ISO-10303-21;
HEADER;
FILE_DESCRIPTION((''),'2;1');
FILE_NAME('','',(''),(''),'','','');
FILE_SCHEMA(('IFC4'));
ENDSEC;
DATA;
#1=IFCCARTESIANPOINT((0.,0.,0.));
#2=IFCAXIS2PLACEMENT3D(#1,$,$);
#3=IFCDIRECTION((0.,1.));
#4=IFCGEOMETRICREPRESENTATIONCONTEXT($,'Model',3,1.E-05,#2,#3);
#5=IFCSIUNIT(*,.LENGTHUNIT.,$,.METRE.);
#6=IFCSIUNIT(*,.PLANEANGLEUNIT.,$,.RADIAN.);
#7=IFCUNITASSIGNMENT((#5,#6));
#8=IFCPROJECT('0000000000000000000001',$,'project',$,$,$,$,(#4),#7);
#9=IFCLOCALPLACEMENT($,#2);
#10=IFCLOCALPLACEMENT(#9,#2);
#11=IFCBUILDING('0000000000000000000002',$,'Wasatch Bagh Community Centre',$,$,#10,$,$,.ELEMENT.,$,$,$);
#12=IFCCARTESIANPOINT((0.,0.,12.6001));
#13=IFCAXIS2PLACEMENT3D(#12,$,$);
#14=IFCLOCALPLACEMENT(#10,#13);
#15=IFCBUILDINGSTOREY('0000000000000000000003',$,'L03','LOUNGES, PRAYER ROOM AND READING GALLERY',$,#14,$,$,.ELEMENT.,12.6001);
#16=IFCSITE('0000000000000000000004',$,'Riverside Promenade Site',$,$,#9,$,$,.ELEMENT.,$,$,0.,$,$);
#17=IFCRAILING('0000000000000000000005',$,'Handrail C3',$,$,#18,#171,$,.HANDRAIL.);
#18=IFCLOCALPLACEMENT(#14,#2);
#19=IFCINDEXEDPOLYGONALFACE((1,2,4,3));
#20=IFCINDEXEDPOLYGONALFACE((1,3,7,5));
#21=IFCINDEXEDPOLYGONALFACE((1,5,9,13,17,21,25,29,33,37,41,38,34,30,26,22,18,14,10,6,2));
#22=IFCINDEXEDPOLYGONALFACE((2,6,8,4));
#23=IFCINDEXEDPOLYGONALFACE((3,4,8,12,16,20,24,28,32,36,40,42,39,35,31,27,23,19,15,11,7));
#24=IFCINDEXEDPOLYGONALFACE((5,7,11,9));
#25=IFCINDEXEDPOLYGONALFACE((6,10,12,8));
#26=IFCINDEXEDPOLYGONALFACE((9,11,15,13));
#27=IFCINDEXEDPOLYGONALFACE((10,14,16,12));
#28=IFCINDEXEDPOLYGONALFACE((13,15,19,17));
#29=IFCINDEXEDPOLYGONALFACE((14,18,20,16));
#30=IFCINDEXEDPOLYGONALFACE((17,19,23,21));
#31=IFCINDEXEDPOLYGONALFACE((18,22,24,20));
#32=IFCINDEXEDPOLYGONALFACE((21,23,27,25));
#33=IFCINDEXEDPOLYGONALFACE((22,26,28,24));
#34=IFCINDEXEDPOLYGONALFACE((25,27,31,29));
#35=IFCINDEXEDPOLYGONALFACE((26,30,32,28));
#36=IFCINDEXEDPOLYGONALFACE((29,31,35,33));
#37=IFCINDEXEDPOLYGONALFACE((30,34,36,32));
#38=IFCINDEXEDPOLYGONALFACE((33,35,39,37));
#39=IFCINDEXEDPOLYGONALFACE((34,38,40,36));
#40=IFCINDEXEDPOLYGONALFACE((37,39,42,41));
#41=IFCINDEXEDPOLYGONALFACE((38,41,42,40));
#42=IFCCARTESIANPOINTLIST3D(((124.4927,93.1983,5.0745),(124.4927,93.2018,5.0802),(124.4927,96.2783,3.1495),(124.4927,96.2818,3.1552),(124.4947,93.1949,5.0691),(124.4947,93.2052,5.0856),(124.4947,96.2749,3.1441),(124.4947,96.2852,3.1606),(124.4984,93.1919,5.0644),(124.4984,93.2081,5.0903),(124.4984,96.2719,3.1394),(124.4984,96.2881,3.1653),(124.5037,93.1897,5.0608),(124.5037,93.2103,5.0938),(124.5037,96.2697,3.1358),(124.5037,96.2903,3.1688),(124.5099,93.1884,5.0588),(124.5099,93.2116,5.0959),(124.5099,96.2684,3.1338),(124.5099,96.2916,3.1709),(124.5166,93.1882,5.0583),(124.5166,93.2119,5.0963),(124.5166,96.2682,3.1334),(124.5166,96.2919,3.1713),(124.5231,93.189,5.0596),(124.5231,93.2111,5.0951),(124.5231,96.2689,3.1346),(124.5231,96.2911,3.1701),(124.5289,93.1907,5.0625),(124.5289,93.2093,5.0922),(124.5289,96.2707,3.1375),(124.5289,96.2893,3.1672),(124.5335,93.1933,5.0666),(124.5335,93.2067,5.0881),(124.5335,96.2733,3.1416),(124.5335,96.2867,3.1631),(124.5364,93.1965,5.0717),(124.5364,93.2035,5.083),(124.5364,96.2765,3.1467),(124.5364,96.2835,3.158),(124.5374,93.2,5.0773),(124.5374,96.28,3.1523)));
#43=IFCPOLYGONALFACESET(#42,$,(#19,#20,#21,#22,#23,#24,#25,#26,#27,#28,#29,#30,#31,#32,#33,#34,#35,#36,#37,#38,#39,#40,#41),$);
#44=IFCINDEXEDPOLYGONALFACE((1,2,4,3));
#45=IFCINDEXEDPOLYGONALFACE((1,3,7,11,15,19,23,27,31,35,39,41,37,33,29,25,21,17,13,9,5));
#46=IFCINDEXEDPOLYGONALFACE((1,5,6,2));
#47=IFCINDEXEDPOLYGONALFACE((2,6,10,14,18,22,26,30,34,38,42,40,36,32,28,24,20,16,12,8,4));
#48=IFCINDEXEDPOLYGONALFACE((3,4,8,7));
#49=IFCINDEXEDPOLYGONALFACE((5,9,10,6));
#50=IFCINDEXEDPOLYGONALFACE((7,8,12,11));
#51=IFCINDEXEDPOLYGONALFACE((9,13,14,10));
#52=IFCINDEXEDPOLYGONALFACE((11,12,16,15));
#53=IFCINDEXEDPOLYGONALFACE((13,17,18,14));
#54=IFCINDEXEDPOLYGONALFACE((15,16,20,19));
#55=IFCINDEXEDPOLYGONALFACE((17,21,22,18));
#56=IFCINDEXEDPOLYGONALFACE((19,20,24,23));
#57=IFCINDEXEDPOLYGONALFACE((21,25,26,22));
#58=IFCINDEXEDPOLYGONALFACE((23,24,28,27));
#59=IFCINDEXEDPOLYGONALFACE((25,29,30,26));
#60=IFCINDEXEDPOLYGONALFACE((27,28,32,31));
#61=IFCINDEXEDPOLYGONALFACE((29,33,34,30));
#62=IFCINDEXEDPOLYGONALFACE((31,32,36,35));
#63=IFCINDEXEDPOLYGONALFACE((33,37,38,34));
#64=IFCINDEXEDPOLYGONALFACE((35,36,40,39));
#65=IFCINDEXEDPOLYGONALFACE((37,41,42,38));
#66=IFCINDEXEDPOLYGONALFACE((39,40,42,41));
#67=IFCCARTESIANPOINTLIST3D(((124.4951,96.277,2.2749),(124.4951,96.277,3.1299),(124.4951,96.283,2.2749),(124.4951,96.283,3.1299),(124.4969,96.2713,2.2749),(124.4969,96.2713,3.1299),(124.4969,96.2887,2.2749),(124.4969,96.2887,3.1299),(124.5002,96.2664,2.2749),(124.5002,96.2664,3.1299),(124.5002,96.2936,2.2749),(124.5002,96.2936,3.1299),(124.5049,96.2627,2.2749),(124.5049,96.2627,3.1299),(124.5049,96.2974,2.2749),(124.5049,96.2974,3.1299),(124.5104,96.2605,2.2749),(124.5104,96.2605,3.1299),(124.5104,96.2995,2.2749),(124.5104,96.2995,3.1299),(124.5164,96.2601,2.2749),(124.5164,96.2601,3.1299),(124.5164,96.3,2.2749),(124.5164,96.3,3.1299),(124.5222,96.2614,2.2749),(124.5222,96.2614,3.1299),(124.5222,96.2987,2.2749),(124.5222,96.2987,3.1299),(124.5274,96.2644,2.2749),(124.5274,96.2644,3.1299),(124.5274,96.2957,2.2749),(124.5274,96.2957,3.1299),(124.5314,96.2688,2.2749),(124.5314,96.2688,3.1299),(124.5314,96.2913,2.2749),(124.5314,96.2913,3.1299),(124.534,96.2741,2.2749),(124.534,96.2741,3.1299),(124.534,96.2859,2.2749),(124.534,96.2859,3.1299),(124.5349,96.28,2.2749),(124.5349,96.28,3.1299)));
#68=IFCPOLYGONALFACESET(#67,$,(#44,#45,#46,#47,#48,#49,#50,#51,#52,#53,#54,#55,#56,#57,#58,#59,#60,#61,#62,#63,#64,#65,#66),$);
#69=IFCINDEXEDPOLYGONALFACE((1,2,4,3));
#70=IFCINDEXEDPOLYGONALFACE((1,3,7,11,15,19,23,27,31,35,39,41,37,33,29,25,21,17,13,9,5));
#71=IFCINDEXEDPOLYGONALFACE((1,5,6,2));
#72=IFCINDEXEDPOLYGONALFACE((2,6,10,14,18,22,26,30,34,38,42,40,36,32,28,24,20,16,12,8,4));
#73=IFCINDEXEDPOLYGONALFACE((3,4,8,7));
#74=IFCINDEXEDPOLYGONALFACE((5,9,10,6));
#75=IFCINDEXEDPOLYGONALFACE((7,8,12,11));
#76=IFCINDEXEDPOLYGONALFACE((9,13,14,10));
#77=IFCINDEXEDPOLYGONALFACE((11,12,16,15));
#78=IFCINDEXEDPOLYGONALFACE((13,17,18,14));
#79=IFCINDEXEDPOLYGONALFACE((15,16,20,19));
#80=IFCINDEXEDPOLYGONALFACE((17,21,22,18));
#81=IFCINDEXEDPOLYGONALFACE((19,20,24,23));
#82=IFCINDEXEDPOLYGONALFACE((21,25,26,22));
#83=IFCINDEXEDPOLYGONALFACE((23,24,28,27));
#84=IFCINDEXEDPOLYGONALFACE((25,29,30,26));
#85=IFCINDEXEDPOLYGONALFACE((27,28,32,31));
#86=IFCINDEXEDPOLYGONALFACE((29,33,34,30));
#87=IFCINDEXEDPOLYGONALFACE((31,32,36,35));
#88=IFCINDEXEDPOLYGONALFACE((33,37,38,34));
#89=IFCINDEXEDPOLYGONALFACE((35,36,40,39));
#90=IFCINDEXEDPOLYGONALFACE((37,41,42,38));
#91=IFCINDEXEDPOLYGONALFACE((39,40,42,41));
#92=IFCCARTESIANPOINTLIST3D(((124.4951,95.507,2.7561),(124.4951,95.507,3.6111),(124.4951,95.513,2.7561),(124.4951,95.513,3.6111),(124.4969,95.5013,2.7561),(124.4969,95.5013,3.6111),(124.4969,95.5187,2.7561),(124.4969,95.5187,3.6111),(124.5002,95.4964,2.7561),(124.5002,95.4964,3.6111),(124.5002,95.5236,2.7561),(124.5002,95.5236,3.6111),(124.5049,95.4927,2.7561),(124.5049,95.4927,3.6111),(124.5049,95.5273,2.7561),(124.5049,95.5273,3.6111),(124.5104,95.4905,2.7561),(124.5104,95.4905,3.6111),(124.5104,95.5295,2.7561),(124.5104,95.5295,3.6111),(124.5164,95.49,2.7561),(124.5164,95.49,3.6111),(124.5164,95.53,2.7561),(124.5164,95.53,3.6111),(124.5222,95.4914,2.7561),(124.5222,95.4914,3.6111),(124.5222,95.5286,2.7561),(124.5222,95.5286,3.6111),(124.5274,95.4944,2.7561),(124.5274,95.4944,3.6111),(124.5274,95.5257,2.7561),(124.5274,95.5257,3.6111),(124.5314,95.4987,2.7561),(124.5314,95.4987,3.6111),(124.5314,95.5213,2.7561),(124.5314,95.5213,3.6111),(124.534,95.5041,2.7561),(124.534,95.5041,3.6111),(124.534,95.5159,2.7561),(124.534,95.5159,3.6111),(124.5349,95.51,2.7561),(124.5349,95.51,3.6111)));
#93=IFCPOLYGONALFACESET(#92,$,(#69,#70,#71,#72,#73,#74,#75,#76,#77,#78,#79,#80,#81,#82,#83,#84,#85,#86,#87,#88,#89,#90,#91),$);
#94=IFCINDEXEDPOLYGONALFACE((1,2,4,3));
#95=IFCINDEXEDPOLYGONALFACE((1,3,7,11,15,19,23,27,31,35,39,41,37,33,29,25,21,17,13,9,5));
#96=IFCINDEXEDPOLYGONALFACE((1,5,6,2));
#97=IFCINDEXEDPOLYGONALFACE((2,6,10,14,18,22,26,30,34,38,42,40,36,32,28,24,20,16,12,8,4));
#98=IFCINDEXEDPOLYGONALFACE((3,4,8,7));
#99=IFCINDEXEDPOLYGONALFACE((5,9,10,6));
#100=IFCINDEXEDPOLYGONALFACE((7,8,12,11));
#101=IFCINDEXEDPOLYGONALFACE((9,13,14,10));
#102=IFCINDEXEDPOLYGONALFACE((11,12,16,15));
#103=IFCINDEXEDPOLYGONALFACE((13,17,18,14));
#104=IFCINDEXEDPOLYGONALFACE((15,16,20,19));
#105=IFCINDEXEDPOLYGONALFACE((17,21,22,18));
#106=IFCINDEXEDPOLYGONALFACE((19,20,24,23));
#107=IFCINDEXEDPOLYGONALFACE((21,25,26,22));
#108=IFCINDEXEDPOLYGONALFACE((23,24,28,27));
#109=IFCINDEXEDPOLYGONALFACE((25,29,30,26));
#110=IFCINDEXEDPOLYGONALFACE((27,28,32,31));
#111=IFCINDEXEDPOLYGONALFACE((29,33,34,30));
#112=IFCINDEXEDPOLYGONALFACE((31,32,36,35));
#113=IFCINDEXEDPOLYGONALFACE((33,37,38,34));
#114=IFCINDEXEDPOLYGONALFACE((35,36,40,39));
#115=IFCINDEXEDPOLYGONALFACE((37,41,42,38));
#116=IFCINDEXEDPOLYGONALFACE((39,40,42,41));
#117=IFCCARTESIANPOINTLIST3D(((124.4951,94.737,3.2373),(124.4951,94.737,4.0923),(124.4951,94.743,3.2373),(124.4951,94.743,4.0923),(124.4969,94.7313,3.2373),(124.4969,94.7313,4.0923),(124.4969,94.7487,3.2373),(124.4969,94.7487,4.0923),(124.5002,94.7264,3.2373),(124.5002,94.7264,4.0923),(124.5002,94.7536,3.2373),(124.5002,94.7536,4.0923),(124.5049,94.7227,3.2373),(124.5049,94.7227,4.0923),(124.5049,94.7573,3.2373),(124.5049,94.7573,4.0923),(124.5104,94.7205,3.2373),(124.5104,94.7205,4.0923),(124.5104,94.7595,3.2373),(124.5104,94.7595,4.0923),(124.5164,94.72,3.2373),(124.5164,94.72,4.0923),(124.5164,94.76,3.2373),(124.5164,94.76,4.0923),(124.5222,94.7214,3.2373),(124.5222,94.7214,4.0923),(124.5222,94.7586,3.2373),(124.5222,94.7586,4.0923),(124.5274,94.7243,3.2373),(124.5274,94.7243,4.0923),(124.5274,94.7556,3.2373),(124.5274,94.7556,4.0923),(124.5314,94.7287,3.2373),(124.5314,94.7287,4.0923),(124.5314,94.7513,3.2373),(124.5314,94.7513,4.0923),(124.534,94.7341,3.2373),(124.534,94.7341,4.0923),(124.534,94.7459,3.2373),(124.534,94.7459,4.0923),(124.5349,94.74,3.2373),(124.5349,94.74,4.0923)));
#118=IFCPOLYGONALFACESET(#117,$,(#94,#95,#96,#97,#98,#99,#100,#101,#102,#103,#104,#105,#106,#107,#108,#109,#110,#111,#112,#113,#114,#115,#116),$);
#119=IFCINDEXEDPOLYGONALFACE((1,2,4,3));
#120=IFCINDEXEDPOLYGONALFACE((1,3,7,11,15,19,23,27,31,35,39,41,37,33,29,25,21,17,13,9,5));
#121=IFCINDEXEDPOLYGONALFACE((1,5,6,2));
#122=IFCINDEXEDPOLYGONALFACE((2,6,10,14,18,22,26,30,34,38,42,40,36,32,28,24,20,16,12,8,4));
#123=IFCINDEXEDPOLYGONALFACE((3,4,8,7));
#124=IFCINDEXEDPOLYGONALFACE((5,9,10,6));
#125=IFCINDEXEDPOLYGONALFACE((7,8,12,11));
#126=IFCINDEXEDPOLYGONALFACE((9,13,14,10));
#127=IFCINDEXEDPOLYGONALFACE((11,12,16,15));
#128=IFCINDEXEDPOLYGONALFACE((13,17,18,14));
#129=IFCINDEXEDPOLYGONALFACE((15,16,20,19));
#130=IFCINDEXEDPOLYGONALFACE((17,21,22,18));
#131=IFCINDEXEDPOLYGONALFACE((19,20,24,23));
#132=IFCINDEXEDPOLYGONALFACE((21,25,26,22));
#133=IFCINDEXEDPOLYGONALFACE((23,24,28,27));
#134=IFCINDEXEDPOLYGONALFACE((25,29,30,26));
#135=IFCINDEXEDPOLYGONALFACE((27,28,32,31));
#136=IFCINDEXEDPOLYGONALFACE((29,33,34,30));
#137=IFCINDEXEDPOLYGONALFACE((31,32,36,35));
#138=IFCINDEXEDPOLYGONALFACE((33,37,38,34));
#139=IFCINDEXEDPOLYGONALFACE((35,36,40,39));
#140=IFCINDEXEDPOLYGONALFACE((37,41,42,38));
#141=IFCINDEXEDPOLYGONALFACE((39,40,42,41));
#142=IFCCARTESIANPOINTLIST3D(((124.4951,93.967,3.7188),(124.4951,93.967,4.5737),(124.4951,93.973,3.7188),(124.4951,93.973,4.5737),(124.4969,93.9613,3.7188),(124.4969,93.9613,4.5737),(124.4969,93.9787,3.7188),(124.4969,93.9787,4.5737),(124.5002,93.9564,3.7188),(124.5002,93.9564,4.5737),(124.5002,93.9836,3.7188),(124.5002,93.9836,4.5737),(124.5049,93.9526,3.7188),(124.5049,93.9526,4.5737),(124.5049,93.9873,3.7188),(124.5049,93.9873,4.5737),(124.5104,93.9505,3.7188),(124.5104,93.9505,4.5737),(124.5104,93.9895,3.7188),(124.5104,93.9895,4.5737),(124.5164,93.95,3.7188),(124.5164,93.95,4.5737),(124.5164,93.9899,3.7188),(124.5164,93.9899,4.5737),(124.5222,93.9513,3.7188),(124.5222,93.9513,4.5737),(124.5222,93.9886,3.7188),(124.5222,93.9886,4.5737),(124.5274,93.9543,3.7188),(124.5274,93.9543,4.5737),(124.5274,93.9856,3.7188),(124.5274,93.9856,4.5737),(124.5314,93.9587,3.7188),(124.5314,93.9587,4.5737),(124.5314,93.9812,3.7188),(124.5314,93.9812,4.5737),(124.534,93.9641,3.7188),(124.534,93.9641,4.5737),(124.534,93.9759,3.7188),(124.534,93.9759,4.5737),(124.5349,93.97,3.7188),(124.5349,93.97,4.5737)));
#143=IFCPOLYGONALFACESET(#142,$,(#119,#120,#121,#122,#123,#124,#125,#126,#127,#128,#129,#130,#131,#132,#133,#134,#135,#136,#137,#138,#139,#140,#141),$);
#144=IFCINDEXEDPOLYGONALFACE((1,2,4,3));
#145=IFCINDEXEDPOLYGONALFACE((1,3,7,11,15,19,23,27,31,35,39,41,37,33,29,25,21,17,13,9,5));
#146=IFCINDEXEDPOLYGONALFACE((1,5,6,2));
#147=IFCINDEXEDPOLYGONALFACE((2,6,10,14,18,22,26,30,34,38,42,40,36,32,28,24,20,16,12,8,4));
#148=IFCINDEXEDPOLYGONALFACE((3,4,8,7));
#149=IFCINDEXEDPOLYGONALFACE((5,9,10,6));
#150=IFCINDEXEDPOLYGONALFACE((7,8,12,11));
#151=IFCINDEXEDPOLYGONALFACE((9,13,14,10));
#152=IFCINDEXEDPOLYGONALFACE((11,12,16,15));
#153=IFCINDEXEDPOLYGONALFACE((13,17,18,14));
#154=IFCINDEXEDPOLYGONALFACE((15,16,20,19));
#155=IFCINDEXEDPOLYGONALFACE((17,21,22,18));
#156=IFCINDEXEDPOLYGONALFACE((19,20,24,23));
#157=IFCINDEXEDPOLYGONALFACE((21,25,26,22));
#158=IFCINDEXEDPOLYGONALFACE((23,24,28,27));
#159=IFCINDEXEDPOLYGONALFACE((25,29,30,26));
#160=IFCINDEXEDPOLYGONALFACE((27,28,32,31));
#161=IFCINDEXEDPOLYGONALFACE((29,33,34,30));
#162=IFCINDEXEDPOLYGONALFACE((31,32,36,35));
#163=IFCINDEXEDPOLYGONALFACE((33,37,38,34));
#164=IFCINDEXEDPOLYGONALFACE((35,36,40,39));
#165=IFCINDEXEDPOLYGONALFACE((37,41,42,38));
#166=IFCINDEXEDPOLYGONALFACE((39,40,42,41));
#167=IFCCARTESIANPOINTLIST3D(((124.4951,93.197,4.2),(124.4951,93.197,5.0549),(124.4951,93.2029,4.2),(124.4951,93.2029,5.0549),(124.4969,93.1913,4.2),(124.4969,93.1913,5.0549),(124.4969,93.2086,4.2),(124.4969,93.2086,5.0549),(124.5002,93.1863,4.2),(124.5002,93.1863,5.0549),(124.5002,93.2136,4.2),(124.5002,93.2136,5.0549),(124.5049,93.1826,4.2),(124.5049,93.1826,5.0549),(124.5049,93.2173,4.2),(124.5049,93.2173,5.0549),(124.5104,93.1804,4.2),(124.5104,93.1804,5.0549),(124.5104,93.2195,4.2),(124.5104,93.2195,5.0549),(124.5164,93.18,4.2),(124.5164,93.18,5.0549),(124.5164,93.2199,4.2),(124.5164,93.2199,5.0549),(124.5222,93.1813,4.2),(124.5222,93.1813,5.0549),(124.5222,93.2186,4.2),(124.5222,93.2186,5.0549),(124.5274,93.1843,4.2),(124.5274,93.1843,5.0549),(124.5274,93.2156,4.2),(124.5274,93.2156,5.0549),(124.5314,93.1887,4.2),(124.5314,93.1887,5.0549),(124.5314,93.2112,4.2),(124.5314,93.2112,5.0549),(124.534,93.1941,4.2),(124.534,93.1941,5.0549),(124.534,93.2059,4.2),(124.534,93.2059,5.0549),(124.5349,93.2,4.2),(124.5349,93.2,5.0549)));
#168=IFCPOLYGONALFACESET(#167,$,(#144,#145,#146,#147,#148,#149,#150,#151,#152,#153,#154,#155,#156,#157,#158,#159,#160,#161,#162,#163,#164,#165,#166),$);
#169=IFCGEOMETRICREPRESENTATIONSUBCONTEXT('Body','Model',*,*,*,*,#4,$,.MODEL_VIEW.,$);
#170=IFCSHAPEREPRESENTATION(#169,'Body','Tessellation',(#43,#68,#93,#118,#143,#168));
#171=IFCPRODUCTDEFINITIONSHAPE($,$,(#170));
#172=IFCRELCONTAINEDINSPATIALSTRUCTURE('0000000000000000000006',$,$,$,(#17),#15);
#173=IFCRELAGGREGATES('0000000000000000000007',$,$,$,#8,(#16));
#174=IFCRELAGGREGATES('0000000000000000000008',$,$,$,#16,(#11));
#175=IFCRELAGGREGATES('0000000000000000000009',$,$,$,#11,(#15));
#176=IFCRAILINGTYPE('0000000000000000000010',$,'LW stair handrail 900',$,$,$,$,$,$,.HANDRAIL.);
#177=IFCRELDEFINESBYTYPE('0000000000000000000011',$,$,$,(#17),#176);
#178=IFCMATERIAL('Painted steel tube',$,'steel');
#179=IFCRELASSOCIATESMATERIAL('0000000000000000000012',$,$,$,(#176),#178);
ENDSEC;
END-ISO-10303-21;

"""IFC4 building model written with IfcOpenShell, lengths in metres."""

from ifc_helpers import new_model, si_unit, direction, frame, origin, origin_2d, place, context, subcontext, project, spatial, circle, extrude, material, type_object, element, save


model = new_model("IFC4")

# Units and contexts
model_context = context("Model", 3, precision=1e-05, world=origin(), true_north=direction((0.0, 1.0)))
body_context = subcontext(model_context, "Body", "Model", "MODEL_VIEW")
ifc_project = project(units=[si_unit("LENGTHUNIT", "METRE"), si_unit("PLANEANGLEUNIT", "RADIAN")], contexts=[model_context])

# Site, building, storey
site_placement = place(None, origin())
site = spatial("IfcSite", under=ifc_project, at=site_placement, Name="Riverside Promenade Site", CompositionType="ELEMENT", RefElevation=0.0)
building_placement = place(site_placement, origin())
building = spatial("IfcBuilding", under=site, at=building_placement, Name="Wasatch Bagh Community Centre", CompositionType="ELEMENT")
storey_placement = place(building_placement, frame((0.0, 0.0, 12.6001)))
storey = spatial("IfcBuildingStorey", under=building, at=storey_placement, Name="L03", Description="LOUNGES, PRAYER ROOM AND READING GALLERY", CompositionType="ELEMENT", Elevation=12.6001)

# Railing
ifc_material_1 = material(Name="Painted steel tube", Category="steel")
railing_type_1 = type_object("IfcRailingType", Name="LW stair handrail 900", PredefinedType="HANDRAIL", material=ifc_material_1)
for number, where, name in (
    (1, (124.5149, 96.28, 2.2749), "Handrail C3"),
):
    element("IfcRailing", number, at=place(storey_placement, frame(where)), inside=storey, type_object=railing_type_1, Name=name, PredefinedType="HANDRAIL", context=body_context, shape_type="SweptSolid", body=[
        extrude(circle(Radius=0.0225, at=origin_2d()), frame((0.0, 0.0, 0.8774), z_axis=(0.0, -0.847998, 0.529999), x_axis=(1.0, 0.0, 0.0)), (0.0, 0.0, 1.0), 3.6321),
        extrude(circle(Radius=0.02, at=origin_2d()), origin(), (0.0, 0.0, 1.0), 0.855),
        extrude(circle(Radius=0.02, at=origin_2d()), frame((0.0, -0.77, 0.4812)), (0.0, 0.0, 1.0), 0.855),
        extrude(circle(Radius=0.02, at=origin_2d()), frame((0.0, -1.54, 0.9624)), (0.0, 0.0, 1.0), 0.855),
        extrude(circle(Radius=0.02, at=origin_2d()), frame((0.0, -2.3101, 1.4438)), (0.0, 0.0, 1.0), 0.855),
        extrude(circle(Radius=0.02, at=origin_2d()), frame((0.0, -3.0801, 1.925)), (0.0, 0.0, 1.0), 0.855),
    ])

save(model, "model.ifc")
